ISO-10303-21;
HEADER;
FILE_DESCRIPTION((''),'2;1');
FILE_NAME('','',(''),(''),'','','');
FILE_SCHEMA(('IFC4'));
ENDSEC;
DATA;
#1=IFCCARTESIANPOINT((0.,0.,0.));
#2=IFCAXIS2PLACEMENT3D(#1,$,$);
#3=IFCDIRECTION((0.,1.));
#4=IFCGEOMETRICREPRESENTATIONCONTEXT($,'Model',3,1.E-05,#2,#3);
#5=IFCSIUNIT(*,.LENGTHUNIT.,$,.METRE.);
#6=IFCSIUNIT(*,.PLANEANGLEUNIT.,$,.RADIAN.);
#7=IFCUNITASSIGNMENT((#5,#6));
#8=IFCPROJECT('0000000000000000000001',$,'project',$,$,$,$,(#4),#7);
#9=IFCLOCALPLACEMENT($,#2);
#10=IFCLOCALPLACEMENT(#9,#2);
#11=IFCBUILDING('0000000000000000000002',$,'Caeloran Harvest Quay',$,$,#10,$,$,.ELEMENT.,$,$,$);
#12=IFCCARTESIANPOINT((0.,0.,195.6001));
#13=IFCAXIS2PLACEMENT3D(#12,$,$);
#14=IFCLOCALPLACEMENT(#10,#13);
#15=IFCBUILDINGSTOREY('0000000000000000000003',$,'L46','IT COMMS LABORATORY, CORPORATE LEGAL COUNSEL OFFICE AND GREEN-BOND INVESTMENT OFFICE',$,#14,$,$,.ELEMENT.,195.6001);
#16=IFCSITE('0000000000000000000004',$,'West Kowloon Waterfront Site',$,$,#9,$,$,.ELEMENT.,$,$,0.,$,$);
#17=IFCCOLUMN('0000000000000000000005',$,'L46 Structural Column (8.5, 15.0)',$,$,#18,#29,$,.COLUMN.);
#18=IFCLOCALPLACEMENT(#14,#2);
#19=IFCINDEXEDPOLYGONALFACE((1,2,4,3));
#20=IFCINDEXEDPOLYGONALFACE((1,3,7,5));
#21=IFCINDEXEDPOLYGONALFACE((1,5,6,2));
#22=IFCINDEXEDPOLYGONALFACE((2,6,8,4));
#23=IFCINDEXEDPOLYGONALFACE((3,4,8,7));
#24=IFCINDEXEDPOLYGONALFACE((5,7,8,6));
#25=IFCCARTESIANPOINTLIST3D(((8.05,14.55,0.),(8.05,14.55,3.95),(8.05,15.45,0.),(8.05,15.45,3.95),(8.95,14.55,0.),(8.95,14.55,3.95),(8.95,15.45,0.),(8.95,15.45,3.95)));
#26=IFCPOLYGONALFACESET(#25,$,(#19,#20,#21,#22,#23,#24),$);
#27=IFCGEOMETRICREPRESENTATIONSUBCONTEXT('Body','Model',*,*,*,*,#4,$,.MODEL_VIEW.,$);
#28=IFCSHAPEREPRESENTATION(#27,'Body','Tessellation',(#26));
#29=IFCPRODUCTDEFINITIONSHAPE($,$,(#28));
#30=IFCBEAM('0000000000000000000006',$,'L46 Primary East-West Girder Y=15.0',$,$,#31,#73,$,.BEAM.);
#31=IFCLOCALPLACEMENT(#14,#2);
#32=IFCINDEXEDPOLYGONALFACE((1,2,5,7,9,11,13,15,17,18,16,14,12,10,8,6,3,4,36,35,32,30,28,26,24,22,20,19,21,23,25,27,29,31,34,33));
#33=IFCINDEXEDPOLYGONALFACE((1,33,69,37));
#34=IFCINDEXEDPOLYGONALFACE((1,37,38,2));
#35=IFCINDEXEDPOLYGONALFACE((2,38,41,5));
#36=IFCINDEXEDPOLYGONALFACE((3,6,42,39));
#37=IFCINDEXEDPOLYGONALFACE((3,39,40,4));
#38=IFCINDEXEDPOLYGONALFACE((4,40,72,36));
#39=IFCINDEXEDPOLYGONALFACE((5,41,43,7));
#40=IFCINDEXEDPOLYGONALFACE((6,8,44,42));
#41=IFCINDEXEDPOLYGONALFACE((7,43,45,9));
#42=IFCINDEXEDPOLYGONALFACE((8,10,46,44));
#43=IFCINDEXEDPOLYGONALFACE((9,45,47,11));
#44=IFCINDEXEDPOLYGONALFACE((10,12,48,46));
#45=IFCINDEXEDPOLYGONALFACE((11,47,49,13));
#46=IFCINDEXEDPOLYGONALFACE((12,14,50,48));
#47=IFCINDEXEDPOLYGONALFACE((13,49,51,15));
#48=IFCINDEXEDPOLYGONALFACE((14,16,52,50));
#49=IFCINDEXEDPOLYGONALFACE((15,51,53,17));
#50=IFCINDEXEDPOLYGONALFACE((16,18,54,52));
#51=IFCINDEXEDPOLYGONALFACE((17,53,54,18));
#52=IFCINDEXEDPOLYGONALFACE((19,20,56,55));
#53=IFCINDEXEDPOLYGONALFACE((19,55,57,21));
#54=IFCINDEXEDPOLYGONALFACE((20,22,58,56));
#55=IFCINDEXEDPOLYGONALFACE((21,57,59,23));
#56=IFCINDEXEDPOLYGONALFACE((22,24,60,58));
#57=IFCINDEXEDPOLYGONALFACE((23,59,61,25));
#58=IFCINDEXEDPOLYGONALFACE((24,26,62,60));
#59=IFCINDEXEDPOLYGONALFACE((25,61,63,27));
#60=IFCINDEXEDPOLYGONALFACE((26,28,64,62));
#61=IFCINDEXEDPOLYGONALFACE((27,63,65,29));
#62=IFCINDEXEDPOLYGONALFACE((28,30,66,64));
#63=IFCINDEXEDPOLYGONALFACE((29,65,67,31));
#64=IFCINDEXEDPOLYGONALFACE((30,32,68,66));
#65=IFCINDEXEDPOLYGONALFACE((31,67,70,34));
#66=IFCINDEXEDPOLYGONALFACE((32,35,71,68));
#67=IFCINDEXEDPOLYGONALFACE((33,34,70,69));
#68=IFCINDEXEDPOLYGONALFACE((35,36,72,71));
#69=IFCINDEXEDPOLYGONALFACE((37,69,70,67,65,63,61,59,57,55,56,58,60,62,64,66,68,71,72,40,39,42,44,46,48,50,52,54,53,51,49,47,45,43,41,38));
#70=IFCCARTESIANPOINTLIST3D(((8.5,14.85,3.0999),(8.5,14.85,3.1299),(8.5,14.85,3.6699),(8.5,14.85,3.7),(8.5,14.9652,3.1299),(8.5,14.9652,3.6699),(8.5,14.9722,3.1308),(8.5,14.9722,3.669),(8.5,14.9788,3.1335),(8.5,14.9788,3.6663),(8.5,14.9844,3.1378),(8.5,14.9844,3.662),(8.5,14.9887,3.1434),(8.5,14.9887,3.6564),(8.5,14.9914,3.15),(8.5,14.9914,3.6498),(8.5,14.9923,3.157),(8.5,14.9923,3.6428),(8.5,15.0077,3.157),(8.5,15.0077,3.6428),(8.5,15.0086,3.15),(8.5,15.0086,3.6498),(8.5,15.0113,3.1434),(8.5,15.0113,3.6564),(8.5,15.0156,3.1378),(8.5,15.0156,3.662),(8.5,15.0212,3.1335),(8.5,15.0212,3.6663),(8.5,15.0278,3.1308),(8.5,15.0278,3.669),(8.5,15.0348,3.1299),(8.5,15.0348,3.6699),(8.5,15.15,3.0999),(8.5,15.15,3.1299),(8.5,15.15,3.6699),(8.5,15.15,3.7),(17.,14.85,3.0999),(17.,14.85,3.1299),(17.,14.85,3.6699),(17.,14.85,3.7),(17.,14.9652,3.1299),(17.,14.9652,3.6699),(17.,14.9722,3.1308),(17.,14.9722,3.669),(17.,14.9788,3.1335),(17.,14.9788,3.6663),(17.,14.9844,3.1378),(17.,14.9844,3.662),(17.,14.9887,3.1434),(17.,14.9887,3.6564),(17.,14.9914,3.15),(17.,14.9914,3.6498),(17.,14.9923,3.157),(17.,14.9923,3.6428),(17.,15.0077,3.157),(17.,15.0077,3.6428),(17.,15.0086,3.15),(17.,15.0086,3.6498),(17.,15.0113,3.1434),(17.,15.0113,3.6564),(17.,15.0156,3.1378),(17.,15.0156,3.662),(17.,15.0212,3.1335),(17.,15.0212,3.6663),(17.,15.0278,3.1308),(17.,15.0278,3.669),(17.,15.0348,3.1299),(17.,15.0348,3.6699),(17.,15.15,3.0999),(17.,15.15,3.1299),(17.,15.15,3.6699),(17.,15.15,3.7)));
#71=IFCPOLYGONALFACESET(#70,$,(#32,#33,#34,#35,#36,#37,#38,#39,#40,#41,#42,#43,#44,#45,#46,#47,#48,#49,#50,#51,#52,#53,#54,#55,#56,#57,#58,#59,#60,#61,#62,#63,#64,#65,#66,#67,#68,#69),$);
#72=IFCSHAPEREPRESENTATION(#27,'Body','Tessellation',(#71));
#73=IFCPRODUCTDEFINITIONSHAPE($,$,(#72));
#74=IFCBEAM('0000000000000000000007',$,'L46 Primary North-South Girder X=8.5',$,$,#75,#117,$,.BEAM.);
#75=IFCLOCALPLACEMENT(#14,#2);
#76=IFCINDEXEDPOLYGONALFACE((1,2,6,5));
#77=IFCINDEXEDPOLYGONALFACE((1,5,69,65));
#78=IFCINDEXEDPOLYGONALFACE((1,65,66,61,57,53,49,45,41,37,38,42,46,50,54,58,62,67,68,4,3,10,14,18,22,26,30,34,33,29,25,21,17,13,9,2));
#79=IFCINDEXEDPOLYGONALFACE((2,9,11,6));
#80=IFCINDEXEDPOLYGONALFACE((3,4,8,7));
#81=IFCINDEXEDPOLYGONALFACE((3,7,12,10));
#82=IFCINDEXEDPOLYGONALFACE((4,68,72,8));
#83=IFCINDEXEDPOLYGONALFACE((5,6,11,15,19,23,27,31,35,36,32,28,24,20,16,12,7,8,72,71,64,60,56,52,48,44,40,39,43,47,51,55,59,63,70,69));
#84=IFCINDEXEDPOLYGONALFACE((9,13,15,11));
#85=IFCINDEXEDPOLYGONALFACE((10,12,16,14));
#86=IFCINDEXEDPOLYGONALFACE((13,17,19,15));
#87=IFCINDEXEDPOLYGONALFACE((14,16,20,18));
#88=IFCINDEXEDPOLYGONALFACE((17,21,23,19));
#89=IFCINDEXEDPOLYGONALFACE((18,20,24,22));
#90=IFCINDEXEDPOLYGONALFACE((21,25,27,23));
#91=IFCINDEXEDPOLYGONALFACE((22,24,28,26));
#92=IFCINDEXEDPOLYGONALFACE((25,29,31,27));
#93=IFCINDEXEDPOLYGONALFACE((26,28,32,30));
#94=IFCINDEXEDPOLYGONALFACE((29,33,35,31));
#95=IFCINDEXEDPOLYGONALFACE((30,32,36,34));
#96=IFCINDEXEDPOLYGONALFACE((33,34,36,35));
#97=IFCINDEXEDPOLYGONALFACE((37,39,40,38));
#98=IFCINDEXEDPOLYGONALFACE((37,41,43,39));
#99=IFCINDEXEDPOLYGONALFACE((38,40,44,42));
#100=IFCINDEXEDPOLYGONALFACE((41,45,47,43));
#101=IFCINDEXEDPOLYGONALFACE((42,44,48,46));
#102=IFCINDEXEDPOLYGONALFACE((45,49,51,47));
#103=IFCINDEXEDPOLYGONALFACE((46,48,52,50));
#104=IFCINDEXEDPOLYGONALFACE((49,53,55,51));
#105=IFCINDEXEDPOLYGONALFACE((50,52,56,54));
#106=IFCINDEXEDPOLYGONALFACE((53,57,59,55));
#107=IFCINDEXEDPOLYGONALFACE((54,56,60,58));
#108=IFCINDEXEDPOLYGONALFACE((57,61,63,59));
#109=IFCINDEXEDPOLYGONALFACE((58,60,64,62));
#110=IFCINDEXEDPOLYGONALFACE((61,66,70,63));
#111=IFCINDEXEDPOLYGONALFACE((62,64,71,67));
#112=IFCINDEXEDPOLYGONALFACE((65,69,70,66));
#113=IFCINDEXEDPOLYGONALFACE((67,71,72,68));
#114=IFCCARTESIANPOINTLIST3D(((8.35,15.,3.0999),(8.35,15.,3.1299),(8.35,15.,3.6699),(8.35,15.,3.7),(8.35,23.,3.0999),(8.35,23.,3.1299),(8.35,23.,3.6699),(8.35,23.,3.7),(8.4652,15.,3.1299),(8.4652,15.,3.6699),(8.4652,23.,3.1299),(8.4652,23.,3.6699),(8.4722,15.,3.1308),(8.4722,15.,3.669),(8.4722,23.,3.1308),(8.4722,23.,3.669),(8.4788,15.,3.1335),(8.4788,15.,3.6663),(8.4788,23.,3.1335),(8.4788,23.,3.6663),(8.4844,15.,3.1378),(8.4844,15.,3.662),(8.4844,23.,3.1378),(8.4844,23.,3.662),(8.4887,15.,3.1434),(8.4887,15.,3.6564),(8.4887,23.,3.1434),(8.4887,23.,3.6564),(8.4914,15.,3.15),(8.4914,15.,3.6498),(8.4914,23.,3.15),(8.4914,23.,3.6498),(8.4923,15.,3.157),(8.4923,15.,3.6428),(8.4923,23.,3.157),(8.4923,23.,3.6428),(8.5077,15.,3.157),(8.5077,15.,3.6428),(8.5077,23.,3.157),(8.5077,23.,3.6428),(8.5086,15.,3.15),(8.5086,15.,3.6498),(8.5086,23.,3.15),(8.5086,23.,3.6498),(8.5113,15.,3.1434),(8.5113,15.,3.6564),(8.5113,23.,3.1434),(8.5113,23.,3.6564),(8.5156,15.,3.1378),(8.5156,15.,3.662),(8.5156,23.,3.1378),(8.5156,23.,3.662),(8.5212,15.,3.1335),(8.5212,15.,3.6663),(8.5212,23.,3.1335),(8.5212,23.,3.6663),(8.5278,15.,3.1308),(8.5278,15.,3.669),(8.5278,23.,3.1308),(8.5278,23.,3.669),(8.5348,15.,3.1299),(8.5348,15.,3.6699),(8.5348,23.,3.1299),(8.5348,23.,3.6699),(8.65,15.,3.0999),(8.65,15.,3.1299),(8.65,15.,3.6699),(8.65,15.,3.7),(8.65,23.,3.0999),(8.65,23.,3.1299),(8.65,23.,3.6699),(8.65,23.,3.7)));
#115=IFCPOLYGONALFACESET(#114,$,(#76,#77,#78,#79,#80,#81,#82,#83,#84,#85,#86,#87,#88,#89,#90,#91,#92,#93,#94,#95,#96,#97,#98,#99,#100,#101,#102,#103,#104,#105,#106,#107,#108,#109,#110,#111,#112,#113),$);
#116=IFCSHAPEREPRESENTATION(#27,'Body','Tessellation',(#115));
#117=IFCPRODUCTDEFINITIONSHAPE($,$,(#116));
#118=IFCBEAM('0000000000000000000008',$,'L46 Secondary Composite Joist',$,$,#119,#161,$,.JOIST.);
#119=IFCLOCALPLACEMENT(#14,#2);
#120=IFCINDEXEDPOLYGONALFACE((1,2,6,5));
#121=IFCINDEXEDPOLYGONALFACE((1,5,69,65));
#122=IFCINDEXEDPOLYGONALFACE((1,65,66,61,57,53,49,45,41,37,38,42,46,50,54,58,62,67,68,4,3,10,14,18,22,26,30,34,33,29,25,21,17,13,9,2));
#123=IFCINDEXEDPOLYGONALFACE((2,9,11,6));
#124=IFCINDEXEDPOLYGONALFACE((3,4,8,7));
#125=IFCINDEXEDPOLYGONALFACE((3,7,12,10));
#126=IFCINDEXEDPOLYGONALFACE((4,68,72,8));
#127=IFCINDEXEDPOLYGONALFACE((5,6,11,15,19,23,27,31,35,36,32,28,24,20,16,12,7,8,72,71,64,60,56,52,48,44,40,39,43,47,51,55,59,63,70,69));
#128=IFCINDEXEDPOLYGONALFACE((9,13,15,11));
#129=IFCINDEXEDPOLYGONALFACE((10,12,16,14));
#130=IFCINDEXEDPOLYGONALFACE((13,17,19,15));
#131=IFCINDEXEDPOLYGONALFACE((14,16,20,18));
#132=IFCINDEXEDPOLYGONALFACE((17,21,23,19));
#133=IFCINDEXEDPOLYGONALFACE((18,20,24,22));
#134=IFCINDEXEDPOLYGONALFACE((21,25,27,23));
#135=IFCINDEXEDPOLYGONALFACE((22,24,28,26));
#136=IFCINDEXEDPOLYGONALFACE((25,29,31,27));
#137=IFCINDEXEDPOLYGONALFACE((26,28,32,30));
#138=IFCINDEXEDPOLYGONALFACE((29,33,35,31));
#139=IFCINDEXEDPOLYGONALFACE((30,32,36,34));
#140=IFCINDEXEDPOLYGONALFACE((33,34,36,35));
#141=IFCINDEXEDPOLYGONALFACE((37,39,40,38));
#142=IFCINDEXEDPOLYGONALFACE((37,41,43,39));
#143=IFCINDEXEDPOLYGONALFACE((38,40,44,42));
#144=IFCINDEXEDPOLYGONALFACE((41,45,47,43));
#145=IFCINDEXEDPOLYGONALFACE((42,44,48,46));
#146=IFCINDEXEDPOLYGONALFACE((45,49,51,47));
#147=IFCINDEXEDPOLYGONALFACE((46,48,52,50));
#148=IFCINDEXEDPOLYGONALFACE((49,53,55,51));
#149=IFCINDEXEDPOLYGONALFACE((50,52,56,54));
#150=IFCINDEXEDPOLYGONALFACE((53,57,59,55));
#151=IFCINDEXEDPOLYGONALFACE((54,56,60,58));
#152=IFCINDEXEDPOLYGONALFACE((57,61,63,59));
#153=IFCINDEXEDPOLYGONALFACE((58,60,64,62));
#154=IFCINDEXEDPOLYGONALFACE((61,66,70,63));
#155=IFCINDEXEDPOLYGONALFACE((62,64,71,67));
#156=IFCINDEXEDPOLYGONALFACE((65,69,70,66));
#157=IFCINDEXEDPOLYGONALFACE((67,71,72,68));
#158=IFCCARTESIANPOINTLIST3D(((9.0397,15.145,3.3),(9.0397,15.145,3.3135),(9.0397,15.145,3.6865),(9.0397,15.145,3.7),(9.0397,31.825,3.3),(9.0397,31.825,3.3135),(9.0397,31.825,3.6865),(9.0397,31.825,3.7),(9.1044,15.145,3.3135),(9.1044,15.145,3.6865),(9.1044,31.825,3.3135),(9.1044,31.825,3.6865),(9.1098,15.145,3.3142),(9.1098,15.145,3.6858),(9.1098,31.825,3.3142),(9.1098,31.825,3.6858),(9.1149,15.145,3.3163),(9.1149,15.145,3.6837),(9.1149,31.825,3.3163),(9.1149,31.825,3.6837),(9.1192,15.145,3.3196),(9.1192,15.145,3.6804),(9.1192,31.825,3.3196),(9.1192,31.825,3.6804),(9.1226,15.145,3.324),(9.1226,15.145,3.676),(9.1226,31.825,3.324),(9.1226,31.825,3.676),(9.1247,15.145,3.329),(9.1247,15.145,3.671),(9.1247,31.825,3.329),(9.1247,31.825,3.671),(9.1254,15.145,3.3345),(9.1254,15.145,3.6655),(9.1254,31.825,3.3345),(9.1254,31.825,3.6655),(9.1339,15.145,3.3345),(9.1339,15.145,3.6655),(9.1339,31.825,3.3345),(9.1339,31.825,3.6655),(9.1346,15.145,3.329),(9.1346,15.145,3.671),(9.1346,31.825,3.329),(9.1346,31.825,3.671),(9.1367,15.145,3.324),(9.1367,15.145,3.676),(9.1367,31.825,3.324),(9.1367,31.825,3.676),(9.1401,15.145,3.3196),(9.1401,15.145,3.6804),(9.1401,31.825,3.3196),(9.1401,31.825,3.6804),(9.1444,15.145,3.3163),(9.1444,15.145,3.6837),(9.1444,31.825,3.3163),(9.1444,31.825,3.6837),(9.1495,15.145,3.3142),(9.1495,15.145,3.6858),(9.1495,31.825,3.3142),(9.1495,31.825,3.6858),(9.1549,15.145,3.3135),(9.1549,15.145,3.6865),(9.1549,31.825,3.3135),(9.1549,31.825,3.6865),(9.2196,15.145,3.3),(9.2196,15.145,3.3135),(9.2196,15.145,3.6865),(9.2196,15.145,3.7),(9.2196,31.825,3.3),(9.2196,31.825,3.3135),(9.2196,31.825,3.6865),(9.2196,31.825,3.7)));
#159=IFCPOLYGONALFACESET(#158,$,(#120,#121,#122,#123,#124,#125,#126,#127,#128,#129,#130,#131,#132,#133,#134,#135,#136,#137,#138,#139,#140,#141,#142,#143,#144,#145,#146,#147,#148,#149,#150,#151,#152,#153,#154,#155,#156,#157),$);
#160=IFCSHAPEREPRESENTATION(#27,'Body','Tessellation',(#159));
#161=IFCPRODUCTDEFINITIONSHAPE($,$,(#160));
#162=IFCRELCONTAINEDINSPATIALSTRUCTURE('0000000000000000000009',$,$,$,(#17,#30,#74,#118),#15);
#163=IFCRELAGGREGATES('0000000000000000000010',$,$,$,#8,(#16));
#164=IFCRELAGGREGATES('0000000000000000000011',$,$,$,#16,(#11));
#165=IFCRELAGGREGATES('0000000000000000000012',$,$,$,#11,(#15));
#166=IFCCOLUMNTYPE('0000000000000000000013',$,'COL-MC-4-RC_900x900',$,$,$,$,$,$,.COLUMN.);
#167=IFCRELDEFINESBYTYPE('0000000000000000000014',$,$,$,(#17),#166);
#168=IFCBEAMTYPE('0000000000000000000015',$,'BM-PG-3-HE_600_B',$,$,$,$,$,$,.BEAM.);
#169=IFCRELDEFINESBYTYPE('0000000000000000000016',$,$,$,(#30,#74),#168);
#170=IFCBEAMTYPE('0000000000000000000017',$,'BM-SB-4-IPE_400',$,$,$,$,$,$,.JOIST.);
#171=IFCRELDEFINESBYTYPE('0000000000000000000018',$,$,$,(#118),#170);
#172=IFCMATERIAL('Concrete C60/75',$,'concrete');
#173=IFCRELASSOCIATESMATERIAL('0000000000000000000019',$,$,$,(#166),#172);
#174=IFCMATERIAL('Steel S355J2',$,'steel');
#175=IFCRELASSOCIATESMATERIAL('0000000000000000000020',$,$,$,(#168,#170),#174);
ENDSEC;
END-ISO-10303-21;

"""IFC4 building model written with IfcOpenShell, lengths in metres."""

from ifc_helpers import new_model, si_unit, direction, frame, origin, origin_2d, place, context, subcontext, project, spatial, rectangle, i_section, extrude, material, material_profile, profile_set, type_object, element, save


model = new_model("IFC4")

# Units and contexts
model_context = context("Model", 3, precision=1e-05, world=origin(), true_north=direction((0.0, 1.0)))
body_context = subcontext(model_context, "Body", "Model", "MODEL_VIEW")
ifc_project = project(units=[si_unit("LENGTHUNIT", "METRE"), si_unit("PLANEANGLEUNIT", "RADIAN")], contexts=[model_context])

# Site, building, storey
site_placement = place(None, origin())
site = spatial("IfcSite", under=ifc_project, at=site_placement, Name="West Kowloon Waterfront Site", CompositionType="ELEMENT", RefElevation=0.0)
building_placement = place(site_placement, origin())
building = spatial("IfcBuilding", under=site, at=building_placement, Name="Caeloran Harvest Quay", CompositionType="ELEMENT")
storey_placement = place(building_placement, frame((0.0, 0.0, 195.6001)))
storey = spatial("IfcBuildingStorey", under=building, at=storey_placement, Name="L46", Description="IT COMMS LABORATORY, CORPORATE LEGAL COUNSEL OFFICE AND GREEN-BOND INVESTMENT OFFICE", CompositionType="ELEMENT", Elevation=195.6001)

# Column
ifc_material_1 = material(Name="Concrete C60/75", Category="concrete")
ifc_material_profile_1 = material_profile(ifc_material_1, rectangle(XDim=0.8999, YDim=0.8999, at=origin_2d()), Name="RC 900x900")
ifc_profile_set_1 = profile_set([ifc_material_profile_1], Name="Concrete C60/75")
column_type = type_object("IfcColumnType", Name="COL-MC-4-RC_900x900", PredefinedType="COLUMN", material=ifc_profile_set_1)
column_placement = place(storey_placement, frame((8.5, 15.0, 0.0), z_axis=(0.0, 0.0, 1.0), x_axis=(1.0, 0.0, 0.0)))
element("IfcColumn", 1, at=column_placement, inside=storey, type_object=column_type, Name="L46 Structural Column (8.5, 15.0)", PredefinedType="COLUMN", context=body_context, shape_type="SweptSolid", body=[
    extrude(rectangle(XDim=0.8999, YDim=0.8999, at=origin_2d()), origin(), (0.0, 0.0, 1.0), 3.95),
])

# Beams
ifc_material_2 = material(Name="Steel S355J2", Category="steel")
ifc_material_profile_2 = material_profile(ifc_material_2, i_section(OverallWidth=0.3, OverallDepth=0.6001, WebThickness=0.0154, FlangeThickness=0.03, FilletRadius=0.0271, at=origin_2d()), Name="HE 600 B")
ifc_profile_set_2 = profile_set([ifc_material_profile_2], Name="Steel S355J2")
beam_type_1 = type_object("IfcBeamType", Name="BM-PG-3-HE_600_B", PredefinedType="BEAM", material=ifc_profile_set_2)
beam_1_placement = place(storey_placement, frame((8.5, 15.0, 3.3999), z_axis=(1.0, 0.0, 0.0), x_axis=(0.0, 1.0, 0.0)))
element("IfcBeam", 2, at=beam_1_placement, inside=storey, type_object=beam_type_1, Name="L46 Primary East-West Girder Y=15.0", PredefinedType="BEAM", context=body_context, shape_type="SweptSolid", body=[
    extrude(i_section(OverallWidth=0.3, OverallDepth=0.6001, WebThickness=0.0154, FlangeThickness=0.03, FilletRadius=0.0271, at=origin_2d()), origin(), (0.0, 0.0, 1.0), 8.5),
])
beam_2_placement = place(storey_placement, frame((8.5, 15.0, 3.3999), z_axis=(0.0, 1.0, 0.0), x_axis=(-1.0, 0.0, 0.0)))
element("IfcBeam", 3, at=beam_2_placement, inside=storey, type_object=beam_type_1, Name="L46 Primary North-South Girder X=8.5", PredefinedType="BEAM", context=body_context, shape_type="SweptSolid", body=[
    extrude(i_section(OverallWidth=0.3, OverallDepth=0.6001, WebThickness=0.0154, FlangeThickness=0.03, FilletRadius=0.0271, at=origin_2d()), origin(), (0.0, 0.0, 1.0), 8.0),
])
ifc_material_profile_3 = material_profile(ifc_material_2, i_section(OverallWidth=0.1799, OverallDepth=0.3999, WebThickness=0.0085, FlangeThickness=0.0134, FilletRadius=0.021, at=origin_2d()), Name="IPE 400")
ifc_profile_set_3 = profile_set([ifc_material_profile_3], Name="Steel S355J2")
beam_type_2 = type_object("IfcBeamType", Name="BM-SB-4-IPE_400", PredefinedType="JOIST", material=ifc_profile_set_3)
beam_3_placement = place(storey_placement, frame((9.1296, 15.145, 3.5), z_axis=(0.0, 1.0, 0.0), x_axis=(-1.0, 0.0, 0.0)))
element("IfcBeam", 4, at=beam_3_placement, inside=storey, type_object=beam_type_2, Name="L46 Secondary Composite Joist", PredefinedType="JOIST", context=body_context, shape_type="SweptSolid", body=[
    extrude(i_section(OverallWidth=0.1799, OverallDepth=0.3999, WebThickness=0.0085, FlangeThickness=0.0134, FilletRadius=0.021, at=origin_2d()), origin(), (0.0, 0.0, 1.0), 16.6799),
])

save(model, "model.ifc")
